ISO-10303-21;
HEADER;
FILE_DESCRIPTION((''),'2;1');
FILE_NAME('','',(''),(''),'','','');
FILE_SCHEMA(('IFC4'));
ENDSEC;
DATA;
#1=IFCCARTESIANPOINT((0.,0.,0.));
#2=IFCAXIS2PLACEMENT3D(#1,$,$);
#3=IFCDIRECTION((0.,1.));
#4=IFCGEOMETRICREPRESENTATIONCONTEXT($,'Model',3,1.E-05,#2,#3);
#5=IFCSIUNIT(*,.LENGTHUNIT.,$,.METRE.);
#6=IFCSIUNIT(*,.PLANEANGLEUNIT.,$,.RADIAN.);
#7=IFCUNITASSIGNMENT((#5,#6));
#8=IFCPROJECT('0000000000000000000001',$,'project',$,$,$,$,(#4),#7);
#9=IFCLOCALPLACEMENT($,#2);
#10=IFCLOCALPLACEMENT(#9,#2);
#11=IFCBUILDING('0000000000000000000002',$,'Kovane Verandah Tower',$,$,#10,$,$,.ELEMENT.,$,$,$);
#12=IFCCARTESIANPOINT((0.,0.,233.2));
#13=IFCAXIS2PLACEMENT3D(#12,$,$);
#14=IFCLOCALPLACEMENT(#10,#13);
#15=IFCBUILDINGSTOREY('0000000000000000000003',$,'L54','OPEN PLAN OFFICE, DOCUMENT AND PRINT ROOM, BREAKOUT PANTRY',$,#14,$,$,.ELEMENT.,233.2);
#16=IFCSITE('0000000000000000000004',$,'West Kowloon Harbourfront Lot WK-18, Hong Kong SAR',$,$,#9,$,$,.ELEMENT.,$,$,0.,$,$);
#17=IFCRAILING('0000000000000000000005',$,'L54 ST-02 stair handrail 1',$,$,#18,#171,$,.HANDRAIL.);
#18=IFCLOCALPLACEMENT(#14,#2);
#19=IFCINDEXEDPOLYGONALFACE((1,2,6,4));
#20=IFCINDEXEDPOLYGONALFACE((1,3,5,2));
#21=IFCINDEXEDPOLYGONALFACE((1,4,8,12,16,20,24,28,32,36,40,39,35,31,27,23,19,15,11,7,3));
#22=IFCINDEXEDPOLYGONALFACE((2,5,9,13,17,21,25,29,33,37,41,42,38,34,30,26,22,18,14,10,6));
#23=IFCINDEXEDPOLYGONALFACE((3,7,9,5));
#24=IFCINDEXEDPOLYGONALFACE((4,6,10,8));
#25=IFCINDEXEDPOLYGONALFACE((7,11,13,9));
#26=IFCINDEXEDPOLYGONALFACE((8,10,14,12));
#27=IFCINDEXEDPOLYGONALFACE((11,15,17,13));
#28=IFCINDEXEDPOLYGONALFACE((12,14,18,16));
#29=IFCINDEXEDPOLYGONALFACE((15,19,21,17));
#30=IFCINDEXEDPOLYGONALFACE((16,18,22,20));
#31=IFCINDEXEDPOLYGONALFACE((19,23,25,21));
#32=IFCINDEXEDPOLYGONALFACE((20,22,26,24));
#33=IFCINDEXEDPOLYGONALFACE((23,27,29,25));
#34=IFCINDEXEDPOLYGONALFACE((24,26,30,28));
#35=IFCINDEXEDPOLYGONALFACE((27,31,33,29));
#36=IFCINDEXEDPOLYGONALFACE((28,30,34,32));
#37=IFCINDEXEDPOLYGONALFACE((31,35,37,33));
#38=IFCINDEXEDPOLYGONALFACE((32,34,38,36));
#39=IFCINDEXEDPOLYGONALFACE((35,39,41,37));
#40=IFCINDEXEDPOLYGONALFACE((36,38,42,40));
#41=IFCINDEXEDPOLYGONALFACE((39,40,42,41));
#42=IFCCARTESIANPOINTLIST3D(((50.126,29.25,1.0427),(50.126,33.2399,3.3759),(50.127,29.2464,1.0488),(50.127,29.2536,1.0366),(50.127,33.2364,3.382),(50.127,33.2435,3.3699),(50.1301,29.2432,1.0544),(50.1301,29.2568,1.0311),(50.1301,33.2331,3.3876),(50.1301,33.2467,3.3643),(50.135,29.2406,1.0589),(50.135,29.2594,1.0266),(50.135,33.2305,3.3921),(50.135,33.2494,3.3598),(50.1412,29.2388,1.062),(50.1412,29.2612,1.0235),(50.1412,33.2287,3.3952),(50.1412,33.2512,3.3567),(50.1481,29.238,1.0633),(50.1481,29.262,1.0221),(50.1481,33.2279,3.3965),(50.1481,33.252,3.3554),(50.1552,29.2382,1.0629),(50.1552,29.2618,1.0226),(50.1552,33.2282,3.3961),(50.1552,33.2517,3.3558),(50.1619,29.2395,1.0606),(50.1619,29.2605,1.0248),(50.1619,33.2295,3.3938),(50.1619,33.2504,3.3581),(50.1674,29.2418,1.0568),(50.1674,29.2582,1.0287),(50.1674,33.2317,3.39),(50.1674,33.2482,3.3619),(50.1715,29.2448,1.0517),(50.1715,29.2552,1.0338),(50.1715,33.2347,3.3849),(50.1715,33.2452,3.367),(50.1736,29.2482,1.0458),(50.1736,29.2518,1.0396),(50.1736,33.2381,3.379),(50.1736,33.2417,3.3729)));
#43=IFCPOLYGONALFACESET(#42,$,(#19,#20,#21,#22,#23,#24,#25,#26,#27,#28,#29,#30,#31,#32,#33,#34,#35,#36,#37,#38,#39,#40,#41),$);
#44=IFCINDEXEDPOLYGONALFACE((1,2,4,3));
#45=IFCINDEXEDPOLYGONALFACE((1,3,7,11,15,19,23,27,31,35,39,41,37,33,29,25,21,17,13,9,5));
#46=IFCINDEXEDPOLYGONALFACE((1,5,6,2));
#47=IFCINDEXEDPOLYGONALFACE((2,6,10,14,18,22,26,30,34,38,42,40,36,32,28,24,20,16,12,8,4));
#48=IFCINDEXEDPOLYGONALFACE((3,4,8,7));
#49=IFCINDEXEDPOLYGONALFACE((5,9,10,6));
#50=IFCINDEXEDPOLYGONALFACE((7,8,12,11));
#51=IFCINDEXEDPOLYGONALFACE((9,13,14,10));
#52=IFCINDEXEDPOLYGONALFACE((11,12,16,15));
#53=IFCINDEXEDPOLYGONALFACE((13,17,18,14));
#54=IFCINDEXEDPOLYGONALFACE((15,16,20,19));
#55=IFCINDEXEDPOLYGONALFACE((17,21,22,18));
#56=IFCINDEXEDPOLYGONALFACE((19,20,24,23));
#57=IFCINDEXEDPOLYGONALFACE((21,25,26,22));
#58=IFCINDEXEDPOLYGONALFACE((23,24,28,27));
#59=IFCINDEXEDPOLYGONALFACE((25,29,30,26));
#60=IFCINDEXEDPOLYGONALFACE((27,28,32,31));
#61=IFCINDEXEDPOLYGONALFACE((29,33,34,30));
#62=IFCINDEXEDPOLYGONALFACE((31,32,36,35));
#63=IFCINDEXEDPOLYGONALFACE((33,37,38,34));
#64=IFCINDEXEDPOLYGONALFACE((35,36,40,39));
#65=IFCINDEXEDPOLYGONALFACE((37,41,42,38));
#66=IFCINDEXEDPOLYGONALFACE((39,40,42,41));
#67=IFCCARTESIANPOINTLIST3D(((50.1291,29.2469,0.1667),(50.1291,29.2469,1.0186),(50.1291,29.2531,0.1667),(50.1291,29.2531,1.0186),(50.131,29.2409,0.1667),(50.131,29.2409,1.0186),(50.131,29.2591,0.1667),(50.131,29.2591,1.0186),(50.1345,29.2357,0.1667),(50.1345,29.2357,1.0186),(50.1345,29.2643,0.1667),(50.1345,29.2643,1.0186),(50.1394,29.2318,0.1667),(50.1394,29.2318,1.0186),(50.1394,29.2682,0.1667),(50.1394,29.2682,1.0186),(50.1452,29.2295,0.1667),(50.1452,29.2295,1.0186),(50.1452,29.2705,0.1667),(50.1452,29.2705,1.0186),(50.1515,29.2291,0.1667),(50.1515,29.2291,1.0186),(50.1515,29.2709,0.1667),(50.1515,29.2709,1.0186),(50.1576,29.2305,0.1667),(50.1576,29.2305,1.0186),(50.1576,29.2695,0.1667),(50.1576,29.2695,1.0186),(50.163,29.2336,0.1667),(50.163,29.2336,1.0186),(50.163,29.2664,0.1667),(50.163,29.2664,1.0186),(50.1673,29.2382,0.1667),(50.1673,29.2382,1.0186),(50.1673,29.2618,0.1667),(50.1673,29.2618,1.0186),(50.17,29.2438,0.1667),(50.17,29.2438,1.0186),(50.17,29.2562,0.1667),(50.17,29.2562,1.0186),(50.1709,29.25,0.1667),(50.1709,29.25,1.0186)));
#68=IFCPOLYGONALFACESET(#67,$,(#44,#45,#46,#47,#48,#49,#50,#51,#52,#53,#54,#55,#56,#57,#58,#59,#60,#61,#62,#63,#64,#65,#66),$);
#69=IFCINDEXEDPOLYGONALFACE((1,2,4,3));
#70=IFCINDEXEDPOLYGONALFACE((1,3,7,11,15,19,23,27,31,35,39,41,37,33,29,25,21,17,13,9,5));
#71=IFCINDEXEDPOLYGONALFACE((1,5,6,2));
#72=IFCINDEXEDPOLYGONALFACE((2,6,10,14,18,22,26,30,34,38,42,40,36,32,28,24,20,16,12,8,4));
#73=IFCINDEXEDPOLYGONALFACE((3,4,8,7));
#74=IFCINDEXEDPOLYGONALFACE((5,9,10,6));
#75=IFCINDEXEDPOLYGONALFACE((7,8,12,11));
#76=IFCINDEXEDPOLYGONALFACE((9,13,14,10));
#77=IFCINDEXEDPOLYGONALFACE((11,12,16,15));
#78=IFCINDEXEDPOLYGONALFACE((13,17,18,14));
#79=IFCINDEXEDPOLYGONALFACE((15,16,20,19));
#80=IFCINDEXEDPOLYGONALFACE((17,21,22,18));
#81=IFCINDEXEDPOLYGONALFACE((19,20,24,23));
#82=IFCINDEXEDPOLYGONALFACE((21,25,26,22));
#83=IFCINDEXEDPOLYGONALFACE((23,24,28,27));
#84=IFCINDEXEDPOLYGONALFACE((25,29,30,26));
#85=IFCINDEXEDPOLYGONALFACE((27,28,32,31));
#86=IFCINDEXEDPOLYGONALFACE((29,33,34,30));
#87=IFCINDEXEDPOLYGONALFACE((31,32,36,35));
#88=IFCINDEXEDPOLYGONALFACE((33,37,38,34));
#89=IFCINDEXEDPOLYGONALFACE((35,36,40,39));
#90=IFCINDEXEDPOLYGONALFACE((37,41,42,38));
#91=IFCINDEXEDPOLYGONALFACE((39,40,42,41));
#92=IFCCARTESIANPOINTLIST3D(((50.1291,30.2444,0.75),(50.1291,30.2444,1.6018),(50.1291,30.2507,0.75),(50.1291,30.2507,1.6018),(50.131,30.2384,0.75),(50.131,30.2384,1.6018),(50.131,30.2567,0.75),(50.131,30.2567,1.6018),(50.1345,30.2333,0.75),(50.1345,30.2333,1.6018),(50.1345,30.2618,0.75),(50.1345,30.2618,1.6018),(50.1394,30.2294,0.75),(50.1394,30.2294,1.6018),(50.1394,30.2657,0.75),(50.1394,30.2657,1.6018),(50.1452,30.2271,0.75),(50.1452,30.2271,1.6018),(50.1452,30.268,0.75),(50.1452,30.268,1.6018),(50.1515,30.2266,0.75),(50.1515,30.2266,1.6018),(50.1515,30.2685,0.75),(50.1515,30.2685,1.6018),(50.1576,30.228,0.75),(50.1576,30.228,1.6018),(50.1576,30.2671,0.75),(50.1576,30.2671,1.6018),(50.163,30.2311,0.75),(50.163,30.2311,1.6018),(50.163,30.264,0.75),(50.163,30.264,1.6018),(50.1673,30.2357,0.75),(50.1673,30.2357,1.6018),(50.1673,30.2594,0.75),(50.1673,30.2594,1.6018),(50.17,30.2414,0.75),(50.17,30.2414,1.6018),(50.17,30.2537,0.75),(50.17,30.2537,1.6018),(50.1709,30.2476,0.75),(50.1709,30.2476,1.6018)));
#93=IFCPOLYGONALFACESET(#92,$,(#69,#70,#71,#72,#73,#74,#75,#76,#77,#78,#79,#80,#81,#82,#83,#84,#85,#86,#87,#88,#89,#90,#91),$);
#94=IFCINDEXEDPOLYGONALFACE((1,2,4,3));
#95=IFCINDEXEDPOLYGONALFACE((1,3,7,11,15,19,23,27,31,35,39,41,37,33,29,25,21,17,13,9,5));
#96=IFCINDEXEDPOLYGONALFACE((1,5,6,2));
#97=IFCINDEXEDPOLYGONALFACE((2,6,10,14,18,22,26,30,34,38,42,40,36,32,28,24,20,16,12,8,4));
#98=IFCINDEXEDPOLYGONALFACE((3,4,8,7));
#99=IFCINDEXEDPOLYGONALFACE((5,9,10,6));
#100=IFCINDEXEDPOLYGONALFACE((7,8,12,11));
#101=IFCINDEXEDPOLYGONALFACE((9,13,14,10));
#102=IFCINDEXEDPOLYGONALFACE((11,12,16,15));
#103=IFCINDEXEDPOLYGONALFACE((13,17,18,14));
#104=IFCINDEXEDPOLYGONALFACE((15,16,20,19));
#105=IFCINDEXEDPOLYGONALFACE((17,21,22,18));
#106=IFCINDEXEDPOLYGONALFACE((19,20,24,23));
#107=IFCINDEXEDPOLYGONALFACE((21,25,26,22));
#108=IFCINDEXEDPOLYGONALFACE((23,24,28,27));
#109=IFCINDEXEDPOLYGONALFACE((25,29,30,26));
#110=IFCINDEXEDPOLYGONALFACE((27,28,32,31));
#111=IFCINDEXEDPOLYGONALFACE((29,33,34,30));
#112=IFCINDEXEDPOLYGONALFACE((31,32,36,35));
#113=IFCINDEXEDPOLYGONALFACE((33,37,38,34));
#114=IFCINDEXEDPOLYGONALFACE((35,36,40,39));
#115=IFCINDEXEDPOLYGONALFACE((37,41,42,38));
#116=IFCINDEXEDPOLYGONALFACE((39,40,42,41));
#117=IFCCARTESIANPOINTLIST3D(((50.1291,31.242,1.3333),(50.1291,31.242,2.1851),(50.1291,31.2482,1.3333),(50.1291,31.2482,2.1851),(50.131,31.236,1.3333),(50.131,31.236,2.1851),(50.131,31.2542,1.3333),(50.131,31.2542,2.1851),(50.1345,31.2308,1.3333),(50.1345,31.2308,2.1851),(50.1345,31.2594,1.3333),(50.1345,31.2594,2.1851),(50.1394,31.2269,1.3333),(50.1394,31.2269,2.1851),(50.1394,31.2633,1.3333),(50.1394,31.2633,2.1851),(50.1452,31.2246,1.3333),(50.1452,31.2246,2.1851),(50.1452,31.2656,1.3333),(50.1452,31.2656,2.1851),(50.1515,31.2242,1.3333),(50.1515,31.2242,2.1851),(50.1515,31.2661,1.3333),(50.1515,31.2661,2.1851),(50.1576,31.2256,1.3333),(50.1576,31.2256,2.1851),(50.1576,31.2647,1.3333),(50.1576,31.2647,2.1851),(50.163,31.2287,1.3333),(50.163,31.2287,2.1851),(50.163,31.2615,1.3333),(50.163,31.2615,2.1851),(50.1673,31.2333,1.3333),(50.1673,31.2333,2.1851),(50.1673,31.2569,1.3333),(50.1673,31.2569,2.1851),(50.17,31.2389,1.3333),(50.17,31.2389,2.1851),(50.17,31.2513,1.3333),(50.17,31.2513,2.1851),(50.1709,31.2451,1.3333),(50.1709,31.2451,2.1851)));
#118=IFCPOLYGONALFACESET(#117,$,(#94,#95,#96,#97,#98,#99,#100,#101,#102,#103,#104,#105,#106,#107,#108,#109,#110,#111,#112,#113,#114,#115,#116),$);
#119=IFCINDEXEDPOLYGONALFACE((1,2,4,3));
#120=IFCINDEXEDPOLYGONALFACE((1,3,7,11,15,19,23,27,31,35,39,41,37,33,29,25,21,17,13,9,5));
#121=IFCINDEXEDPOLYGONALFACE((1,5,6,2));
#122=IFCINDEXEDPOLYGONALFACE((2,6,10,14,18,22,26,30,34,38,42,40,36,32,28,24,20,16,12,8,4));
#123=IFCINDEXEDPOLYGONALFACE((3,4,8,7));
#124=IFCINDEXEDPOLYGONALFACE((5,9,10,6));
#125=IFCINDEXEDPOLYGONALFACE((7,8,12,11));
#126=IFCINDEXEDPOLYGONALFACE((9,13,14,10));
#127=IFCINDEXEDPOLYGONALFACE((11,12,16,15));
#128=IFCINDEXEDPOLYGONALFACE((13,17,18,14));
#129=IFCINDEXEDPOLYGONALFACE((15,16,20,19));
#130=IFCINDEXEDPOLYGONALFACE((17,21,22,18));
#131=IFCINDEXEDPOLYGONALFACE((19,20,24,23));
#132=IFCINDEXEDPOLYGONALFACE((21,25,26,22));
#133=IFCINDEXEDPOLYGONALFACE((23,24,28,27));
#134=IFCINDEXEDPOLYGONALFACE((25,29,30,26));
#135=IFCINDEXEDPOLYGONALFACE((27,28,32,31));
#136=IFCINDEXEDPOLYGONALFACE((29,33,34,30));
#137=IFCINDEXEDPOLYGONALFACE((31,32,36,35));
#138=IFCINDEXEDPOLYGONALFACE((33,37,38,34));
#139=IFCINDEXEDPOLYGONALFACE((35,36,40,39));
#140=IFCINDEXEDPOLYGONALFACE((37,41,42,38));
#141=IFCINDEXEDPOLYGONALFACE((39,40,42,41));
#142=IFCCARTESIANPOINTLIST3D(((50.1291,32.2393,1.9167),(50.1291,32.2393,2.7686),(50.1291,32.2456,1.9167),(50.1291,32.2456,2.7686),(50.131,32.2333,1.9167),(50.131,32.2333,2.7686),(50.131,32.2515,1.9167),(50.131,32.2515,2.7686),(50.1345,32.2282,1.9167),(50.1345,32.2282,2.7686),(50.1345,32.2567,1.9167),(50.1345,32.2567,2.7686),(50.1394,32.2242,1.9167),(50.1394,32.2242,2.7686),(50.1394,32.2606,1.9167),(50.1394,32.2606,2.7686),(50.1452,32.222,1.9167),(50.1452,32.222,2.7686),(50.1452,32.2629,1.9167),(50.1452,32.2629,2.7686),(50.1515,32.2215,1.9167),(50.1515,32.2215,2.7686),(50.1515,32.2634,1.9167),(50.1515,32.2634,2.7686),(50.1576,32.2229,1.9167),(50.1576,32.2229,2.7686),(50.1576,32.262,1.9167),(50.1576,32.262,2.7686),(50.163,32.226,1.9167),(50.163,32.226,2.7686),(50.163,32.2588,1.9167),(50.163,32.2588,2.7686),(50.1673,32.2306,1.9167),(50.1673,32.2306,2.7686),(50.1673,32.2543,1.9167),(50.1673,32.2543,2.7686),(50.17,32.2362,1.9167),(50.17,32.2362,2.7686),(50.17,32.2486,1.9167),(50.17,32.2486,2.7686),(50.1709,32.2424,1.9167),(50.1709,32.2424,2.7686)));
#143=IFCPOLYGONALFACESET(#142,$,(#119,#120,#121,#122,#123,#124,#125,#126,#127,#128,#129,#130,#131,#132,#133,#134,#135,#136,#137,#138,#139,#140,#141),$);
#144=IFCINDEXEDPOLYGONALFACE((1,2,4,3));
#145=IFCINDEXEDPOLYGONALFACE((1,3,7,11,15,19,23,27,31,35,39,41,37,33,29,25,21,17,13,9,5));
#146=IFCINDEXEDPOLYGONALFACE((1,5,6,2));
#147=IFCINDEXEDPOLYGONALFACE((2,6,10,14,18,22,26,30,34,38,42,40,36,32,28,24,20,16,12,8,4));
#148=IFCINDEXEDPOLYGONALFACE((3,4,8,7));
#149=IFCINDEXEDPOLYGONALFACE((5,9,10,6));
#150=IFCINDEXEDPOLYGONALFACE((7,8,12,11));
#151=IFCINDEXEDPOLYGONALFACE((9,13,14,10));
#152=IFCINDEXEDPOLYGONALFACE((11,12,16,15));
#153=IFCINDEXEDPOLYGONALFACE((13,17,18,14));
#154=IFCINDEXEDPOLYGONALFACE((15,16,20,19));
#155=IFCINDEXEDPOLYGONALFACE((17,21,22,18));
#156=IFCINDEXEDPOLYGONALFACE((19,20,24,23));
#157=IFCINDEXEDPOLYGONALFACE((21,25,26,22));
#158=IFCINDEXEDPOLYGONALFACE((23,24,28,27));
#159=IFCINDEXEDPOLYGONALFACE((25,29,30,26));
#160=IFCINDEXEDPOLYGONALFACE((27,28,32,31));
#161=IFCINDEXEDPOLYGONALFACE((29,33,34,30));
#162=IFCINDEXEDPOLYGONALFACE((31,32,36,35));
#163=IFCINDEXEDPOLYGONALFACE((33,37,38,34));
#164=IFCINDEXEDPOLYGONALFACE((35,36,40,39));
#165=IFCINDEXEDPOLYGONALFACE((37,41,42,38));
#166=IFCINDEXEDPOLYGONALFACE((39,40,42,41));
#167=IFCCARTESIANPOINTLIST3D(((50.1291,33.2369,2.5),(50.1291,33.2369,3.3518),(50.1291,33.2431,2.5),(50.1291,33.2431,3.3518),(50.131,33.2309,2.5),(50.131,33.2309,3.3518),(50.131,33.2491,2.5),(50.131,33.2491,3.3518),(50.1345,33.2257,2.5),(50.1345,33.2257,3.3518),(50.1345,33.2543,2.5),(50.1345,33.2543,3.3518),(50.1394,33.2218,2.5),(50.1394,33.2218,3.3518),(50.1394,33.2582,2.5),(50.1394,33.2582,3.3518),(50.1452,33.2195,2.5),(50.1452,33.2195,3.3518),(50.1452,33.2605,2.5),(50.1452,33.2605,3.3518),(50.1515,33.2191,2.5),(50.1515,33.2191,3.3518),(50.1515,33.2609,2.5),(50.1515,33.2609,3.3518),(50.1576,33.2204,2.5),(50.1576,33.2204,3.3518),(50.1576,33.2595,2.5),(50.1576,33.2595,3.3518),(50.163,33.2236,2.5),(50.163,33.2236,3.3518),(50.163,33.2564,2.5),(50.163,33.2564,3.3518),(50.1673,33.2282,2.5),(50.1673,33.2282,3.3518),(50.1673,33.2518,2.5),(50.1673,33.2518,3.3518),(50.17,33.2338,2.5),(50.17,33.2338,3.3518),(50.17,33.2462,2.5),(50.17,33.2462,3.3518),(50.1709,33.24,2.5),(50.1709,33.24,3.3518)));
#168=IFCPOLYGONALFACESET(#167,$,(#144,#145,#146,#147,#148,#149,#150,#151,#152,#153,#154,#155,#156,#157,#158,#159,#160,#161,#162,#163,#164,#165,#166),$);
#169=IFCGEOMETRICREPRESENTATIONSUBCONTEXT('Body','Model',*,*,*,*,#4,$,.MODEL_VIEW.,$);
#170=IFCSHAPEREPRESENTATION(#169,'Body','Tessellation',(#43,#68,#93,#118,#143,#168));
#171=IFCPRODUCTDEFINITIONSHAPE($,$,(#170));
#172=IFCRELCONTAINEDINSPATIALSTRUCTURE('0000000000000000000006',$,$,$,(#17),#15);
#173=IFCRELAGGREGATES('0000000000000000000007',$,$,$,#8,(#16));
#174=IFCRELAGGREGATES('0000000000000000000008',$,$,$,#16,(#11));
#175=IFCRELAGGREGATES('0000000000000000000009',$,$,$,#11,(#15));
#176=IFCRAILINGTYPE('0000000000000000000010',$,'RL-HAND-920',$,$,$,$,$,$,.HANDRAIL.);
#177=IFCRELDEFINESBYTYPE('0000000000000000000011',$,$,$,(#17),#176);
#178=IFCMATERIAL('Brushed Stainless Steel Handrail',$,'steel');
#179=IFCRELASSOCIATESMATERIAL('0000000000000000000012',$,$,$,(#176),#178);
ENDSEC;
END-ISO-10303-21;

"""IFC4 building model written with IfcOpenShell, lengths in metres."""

from ifc_helpers import new_model, si_unit, direction, frame, origin, origin_2d, place, context, subcontext, project, spatial, circle, extrude, material, type_object, element, save


model = new_model("IFC4")

# Units and contexts
model_context = context("Model", 3, precision=1e-05, world=origin(), true_north=direction((0.0, 1.0)))
body_context = subcontext(model_context, "Body", "Model", "MODEL_VIEW")
ifc_project = project(units=[si_unit("LENGTHUNIT", "METRE"), si_unit("PLANEANGLEUNIT", "RADIAN")], contexts=[model_context])

# Site, building, storey
site_placement = place(None, origin())
site = spatial("IfcSite", under=ifc_project, at=site_placement, Name="West Kowloon Harbourfront Lot WK-18, Hong Kong SAR", CompositionType="ELEMENT", RefElevation=0.0)
building_placement = place(site_placement, origin())
building = spatial("IfcBuilding", under=site, at=building_placement, Name="Kovane Verandah Tower", CompositionType="ELEMENT")
storey_placement = place(building_placement, frame((0.0, 0.0, 233.2)))
storey = spatial("IfcBuildingStorey", under=building, at=storey_placement, Name="L54", Description="OPEN PLAN OFFICE, DOCUMENT AND PRINT ROOM, BREAKOUT PANTRY", CompositionType="ELEMENT", Elevation=233.2)

# Railing
ifc_material_1 = material(Name="Brushed Stainless Steel Handrail", Category="steel")
railing_type_1 = type_object("IfcRailingType", Name="RL-HAND-920", PredefinedType="HANDRAIL", material=ifc_material_1)
railing_1_placement = place(storey_placement, frame((50.1499, 29.25, 0.1667)))
element("IfcRailing", 1, at=railing_1_placement, inside=storey, type_object=railing_type_1, Name="L54 ST-02 stair handrail 1", PredefinedType="HANDRAIL", context=body_context, shape_type="SweptSolid", body=[
    extrude(circle(Radius=0.0239, at=origin_2d()), frame((0.0, 0.0, 0.876), z_axis=(0.0, 0.863236, 0.5048), x_axis=(-1.0, 0.0, 0.0)), (0.0, 0.0, 1.0), 4.6221),
    extrude(circle(Radius=0.021, at=origin_2d()), origin(), (0.0, 0.0, 1.0), 0.8518),
    extrude(circle(Radius=0.021, at=origin_2d()), frame((0.0, 0.9976, 0.5833)), (0.0, 0.0, 1.0), 0.8518),
    extrude(circle(Radius=0.021, at=origin_2d()), frame((0.0, 1.9951, 1.1665)), (0.0, 0.0, 1.0), 0.8518),
    extrude(circle(Radius=0.021, at=origin_2d()), frame((0.0, 2.9924, 1.75)), (0.0, 0.0, 1.0), 0.8518),
    extrude(circle(Radius=0.021, at=origin_2d()), frame((0.0, 3.99, 2.3333)), (0.0, 0.0, 1.0), 0.8518),
])

save(model, "model.ifc")
